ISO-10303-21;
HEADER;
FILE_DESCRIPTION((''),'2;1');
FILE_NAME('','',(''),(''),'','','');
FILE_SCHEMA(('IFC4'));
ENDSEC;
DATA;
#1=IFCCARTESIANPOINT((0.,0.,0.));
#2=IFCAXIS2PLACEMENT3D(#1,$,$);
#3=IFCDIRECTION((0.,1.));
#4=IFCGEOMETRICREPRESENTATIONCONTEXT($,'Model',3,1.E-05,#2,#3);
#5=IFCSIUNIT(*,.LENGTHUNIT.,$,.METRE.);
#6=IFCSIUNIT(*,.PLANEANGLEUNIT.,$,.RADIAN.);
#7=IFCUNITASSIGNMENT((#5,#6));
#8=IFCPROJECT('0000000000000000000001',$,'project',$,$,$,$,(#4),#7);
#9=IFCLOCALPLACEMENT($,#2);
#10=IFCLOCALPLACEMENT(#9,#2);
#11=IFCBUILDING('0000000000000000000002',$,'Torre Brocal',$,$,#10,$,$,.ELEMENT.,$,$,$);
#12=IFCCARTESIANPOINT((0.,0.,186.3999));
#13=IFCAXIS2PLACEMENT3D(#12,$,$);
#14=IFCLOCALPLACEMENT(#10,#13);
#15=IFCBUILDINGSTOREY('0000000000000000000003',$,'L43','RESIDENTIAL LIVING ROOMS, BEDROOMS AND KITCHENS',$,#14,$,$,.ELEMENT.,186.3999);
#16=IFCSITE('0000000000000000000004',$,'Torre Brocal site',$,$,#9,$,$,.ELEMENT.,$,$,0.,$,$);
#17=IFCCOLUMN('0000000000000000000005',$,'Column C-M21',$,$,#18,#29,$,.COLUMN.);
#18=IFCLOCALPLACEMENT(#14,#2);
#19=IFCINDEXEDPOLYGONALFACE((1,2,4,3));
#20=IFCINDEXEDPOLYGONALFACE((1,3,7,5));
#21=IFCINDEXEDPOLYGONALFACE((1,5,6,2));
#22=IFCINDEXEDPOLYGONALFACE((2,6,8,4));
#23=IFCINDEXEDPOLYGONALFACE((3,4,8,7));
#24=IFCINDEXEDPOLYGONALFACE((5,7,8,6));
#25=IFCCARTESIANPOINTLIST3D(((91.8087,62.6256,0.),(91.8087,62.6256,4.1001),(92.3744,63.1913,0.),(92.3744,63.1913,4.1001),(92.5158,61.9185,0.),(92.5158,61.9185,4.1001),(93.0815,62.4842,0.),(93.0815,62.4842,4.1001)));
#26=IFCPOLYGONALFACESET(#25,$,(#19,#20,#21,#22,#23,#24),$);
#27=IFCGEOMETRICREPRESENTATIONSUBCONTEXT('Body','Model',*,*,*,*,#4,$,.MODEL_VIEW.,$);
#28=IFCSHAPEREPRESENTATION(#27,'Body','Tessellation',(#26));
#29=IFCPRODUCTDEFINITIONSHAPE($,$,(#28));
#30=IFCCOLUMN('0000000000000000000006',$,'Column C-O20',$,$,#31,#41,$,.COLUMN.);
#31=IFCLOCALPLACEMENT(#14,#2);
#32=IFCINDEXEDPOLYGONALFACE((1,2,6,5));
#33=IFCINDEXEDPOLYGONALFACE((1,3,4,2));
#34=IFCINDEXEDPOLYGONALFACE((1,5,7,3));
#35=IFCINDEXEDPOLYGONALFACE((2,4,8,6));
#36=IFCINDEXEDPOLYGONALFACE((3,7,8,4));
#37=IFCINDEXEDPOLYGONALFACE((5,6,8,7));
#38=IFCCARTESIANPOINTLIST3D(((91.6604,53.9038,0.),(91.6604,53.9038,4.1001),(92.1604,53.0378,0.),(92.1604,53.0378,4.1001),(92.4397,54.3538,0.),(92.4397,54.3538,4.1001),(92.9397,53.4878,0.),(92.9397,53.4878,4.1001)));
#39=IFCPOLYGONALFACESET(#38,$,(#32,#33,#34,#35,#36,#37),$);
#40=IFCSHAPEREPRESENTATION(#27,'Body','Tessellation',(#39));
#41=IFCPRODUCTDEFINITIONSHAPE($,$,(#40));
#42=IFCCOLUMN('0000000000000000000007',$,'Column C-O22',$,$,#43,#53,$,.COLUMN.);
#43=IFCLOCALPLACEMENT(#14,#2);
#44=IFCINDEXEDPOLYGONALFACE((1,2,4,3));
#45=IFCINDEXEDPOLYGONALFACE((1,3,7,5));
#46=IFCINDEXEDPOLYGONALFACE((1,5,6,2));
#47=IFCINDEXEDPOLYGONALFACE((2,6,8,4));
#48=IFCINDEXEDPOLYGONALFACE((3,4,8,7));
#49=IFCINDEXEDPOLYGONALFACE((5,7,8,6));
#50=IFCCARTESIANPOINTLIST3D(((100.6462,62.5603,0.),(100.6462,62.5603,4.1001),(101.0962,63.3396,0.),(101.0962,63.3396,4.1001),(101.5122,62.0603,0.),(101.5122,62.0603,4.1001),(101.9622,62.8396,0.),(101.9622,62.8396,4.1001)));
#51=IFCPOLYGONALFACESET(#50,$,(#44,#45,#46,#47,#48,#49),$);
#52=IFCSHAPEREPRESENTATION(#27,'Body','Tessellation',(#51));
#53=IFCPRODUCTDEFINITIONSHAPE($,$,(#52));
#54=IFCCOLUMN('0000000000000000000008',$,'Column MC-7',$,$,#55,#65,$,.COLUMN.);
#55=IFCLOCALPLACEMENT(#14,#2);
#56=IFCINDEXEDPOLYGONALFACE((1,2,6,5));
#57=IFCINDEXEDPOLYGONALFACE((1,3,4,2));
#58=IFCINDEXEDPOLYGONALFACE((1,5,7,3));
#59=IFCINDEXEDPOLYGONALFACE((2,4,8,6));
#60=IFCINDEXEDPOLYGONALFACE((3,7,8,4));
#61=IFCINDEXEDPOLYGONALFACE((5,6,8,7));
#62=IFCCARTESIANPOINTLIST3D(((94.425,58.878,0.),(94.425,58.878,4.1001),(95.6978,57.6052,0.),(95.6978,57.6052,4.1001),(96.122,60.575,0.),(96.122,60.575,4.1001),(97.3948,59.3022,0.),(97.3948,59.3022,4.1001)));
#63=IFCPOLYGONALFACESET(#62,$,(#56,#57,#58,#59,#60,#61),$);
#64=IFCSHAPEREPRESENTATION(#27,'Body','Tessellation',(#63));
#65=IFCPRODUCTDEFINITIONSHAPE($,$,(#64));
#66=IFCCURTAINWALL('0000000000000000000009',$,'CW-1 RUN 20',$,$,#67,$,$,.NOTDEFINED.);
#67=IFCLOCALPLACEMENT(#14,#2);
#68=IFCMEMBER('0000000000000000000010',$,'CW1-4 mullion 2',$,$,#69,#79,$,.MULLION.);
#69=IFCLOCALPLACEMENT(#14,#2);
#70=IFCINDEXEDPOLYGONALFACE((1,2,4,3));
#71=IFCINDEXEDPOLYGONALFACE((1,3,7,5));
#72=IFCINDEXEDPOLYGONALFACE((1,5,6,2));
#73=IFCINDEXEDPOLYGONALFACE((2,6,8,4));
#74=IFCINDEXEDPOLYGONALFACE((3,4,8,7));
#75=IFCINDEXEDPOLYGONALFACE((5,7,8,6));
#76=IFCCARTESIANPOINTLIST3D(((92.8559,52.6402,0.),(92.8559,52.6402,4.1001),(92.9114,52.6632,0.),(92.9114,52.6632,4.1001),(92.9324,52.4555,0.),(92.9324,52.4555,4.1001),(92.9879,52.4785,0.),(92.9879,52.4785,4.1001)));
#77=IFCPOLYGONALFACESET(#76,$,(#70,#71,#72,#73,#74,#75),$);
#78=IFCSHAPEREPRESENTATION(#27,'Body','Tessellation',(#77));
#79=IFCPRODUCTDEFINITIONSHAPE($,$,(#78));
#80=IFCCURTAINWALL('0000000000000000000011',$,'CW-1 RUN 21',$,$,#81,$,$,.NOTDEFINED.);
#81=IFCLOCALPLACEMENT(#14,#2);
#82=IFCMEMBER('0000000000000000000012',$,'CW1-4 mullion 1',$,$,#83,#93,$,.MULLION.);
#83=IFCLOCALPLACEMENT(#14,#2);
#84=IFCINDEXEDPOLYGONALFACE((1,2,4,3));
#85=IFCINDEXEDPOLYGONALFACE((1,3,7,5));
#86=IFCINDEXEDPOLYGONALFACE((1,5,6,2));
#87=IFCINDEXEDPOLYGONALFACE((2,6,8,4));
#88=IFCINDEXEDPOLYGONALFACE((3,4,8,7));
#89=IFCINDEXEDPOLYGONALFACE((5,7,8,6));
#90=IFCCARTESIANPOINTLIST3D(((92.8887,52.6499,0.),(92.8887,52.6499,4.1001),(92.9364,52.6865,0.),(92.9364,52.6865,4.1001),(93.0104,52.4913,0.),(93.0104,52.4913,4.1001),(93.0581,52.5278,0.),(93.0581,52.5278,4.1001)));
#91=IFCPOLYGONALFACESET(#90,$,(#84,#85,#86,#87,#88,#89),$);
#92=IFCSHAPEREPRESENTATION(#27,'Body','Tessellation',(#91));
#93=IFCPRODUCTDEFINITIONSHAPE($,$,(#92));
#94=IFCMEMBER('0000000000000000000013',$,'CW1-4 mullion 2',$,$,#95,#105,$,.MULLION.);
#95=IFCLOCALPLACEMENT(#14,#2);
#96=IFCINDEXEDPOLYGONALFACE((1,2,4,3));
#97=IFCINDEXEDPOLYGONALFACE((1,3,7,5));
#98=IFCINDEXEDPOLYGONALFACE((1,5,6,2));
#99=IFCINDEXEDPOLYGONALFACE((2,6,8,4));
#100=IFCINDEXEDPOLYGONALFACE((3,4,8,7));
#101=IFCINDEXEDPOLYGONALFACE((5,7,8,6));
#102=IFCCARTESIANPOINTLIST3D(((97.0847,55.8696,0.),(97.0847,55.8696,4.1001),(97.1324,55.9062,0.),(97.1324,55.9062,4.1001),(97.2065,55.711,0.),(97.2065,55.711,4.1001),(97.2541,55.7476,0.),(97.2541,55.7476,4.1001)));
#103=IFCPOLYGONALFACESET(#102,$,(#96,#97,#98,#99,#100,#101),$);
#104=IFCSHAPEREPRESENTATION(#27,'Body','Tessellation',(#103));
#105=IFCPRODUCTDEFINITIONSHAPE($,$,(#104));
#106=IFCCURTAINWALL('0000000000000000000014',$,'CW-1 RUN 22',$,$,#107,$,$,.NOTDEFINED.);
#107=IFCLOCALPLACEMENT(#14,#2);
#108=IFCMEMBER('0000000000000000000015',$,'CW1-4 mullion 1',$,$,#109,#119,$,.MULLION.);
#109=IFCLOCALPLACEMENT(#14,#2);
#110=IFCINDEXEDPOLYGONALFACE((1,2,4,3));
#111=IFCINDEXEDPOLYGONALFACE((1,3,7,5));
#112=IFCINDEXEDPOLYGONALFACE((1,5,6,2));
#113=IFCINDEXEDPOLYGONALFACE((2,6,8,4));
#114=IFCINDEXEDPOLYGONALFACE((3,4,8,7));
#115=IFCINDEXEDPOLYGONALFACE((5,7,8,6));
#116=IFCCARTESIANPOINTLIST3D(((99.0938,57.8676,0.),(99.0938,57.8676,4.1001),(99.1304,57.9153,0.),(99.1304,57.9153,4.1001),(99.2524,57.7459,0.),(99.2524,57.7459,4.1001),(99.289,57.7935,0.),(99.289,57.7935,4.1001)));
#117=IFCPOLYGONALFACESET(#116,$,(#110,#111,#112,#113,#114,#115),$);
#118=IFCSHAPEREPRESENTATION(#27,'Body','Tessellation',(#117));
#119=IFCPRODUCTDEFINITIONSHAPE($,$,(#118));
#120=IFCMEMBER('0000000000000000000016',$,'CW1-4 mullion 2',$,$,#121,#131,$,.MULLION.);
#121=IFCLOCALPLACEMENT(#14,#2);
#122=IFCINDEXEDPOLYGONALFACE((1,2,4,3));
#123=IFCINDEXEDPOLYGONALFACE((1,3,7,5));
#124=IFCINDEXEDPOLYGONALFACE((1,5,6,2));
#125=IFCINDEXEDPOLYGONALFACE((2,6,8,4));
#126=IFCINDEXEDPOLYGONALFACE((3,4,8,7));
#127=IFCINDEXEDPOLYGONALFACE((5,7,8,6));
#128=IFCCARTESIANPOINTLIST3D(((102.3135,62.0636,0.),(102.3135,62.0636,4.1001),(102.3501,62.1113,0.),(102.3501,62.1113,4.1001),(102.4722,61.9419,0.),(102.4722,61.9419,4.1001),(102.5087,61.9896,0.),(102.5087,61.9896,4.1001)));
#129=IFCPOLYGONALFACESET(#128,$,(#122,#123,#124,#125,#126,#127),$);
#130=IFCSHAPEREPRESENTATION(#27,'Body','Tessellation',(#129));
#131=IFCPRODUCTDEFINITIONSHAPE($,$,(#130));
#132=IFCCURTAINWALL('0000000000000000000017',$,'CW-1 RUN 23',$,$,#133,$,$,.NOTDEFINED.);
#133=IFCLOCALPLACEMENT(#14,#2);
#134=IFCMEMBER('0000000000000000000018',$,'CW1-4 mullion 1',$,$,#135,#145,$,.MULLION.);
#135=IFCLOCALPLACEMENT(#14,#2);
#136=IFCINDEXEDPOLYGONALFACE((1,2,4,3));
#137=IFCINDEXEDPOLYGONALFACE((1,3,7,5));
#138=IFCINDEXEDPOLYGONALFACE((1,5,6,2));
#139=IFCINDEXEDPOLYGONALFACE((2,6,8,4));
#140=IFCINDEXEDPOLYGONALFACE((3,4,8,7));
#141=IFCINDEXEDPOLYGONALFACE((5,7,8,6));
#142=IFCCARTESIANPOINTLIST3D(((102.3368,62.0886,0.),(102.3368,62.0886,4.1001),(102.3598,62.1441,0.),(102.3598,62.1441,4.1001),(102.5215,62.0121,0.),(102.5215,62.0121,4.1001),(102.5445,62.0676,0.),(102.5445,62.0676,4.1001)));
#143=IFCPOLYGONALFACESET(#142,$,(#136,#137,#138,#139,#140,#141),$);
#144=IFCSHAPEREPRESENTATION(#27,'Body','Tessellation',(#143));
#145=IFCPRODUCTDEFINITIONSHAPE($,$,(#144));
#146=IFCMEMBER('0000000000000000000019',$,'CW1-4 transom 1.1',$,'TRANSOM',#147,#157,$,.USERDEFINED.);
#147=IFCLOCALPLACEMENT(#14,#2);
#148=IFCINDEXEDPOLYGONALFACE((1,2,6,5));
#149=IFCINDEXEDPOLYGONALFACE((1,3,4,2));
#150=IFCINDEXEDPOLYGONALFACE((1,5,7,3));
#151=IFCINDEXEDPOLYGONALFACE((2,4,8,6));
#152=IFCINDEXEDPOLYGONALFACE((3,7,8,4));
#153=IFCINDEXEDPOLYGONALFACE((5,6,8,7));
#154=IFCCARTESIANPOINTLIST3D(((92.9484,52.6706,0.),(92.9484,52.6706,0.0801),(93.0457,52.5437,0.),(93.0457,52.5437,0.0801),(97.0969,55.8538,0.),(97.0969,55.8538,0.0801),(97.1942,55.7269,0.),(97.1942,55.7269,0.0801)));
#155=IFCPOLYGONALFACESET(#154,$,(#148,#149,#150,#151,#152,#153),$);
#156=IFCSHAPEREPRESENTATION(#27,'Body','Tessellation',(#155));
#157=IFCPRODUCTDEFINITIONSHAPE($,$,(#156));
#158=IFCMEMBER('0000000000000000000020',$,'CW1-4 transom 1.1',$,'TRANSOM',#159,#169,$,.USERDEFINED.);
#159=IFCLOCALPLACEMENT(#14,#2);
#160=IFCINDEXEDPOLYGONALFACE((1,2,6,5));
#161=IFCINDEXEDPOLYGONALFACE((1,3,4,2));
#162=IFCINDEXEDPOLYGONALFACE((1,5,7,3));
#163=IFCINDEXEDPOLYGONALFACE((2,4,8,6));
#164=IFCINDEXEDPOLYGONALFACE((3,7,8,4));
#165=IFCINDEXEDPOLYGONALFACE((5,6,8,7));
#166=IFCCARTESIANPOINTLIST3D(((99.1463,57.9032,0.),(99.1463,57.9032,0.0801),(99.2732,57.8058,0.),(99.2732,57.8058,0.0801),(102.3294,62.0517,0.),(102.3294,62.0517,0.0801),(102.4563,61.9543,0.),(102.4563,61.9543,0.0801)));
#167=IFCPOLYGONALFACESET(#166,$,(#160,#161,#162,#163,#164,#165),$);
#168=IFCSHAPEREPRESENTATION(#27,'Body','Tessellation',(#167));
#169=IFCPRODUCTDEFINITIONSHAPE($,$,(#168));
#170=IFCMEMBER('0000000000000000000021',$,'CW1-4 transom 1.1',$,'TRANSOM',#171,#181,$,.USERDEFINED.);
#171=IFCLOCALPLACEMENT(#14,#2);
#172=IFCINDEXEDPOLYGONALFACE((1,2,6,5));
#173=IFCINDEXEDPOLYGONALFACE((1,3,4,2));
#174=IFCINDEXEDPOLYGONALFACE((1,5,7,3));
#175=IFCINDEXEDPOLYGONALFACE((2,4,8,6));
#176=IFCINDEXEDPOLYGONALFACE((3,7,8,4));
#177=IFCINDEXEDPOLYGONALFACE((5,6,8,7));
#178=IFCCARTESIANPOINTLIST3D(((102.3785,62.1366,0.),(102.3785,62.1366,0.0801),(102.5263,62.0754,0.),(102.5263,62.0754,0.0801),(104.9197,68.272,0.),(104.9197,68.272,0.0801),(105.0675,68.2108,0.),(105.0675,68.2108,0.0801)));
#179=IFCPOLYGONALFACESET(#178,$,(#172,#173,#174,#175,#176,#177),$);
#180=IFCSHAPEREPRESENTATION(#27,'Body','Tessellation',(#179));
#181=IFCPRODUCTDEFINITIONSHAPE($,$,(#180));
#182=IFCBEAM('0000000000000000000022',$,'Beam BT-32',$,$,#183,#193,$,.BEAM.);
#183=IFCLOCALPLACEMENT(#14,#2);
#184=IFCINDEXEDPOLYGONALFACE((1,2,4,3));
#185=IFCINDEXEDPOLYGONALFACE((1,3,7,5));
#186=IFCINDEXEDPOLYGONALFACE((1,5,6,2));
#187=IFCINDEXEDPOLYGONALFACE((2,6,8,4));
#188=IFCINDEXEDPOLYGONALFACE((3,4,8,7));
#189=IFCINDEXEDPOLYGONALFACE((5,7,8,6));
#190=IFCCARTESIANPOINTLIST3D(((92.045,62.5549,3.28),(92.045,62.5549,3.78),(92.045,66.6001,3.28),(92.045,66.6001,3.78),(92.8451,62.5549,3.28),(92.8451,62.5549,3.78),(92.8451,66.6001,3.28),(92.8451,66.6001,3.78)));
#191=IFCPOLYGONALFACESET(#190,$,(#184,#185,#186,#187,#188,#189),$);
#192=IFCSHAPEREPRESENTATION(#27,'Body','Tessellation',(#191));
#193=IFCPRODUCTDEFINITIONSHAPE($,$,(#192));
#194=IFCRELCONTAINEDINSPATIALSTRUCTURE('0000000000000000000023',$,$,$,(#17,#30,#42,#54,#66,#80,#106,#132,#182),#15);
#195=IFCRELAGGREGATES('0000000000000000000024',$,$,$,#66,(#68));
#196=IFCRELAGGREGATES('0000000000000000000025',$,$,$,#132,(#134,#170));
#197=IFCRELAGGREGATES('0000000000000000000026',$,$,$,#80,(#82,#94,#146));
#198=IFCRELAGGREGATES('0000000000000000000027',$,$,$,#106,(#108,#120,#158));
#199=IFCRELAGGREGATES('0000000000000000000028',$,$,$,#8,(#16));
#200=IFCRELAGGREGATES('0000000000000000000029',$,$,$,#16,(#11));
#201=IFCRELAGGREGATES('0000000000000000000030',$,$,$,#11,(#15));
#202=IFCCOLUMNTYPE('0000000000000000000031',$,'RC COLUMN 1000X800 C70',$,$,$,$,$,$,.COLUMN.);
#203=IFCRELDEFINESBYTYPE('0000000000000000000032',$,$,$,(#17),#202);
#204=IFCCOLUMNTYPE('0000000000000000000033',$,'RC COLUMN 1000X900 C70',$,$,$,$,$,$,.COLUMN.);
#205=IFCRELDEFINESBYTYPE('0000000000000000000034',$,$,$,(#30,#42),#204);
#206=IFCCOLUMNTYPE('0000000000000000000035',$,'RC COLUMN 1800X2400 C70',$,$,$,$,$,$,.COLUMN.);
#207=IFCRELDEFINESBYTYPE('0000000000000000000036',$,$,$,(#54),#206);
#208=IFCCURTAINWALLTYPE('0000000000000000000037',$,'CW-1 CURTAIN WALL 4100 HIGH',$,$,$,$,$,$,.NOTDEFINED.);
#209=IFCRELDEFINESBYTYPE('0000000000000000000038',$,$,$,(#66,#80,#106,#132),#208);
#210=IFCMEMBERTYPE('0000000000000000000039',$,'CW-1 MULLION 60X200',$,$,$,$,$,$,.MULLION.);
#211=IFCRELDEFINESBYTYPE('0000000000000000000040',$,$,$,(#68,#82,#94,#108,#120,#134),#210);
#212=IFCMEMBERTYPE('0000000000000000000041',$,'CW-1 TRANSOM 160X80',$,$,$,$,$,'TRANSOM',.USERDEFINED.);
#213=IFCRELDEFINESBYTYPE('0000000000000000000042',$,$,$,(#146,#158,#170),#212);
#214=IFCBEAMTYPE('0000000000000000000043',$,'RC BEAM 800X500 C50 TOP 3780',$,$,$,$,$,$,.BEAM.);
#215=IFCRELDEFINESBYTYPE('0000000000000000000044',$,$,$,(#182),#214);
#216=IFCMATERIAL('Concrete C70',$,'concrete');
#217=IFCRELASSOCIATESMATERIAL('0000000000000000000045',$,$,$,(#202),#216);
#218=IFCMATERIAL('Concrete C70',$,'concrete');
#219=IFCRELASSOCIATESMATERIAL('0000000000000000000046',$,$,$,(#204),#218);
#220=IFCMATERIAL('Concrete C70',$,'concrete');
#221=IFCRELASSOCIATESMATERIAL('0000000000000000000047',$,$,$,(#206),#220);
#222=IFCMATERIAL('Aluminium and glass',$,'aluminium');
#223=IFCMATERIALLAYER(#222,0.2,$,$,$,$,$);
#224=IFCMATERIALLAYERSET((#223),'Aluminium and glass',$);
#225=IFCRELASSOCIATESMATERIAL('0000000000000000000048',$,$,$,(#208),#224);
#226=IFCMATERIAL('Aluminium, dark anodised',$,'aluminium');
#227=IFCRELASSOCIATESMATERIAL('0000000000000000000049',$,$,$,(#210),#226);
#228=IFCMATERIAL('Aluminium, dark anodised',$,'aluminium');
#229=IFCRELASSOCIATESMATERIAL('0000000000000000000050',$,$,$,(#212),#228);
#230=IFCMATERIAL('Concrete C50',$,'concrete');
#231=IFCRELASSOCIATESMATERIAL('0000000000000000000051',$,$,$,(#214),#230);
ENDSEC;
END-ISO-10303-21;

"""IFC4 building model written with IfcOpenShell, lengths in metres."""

from ifc_helpers import new_model, si_unit, direction, frame, origin, origin_2d, place, context, subcontext, project, spatial, rectangle, extrude, material, layer, layer_set, material_profile, profile_set, type_object, element, aggregate, save


model = new_model("IFC4")

# Units and contexts
model_context = context("Model", 3, precision=1e-05, world=origin(), true_north=direction((0.0, 1.0)))
body_context = subcontext(model_context, "Body", "Model", "MODEL_VIEW")
ifc_project = project(units=[si_unit("LENGTHUNIT", "METRE"), si_unit("PLANEANGLEUNIT", "RADIAN")], contexts=[model_context])

# Site, building, storey
site_placement = place(None, origin())
site = spatial("IfcSite", under=ifc_project, at=site_placement, Name="Torre Brocal site", CompositionType="ELEMENT", RefElevation=0.0)
building_placement = place(site_placement, origin())
building = spatial("IfcBuilding", under=site, at=building_placement, Name="Torre Brocal", CompositionType="ELEMENT")
storey_placement = place(building_placement, frame((0.0, 0.0, 186.3999)))
storey = spatial("IfcBuildingStorey", under=building, at=storey_placement, Name="L43", Description="RESIDENTIAL LIVING ROOMS, BEDROOMS AND KITCHENS", CompositionType="ELEMENT", Elevation=186.3999)

# Columns
ifc_material_1 = material(Name="Concrete C70", Category="concrete")
ifc_material_profile_1 = material_profile(ifc_material_1, rectangle(XDim=1.0, YDim=0.8, at=origin_2d()), Name="RC 1000X800")
ifc_profile_set_1 = profile_set([ifc_material_profile_1], Name="Concrete C70")
column_type_1 = type_object("IfcColumnType", Name="RC COLUMN 1000X800 C70", PredefinedType="COLUMN", material=ifc_profile_set_1)
column_1_placement = place(storey_placement, frame((92.4451, 62.5549, 0.0), z_axis=(0.0, 0.0, 1.0), x_axis=(0.707107, -0.707107, 0.0)))
element("IfcColumn", 1, at=column_1_placement, inside=storey, type_object=column_type_1, Name="Column C-M21", PredefinedType="COLUMN", context=body_context, shape_type="SweptSolid", body=[
    extrude(rectangle(XDim=1.0, YDim=0.8, at=origin_2d()), origin(), (0.0, 0.0, 1.0), 4.1001),
])
ifc_material_2 = material(Name="Concrete C70", Category="concrete")
ifc_material_profile_2 = material_profile(ifc_material_2, rectangle(XDim=1.0, YDim=0.8999, at=origin_2d()), Name="RC 1000X900")
ifc_profile_set_2 = profile_set([ifc_material_profile_2], Name="Concrete C70")
column_type_2 = type_object("IfcColumnType", Name="RC COLUMN 1000X900 C70", PredefinedType="COLUMN", material=ifc_profile_set_2)
for number, where, z_axis, x_axis, name in (
    (2, (92.3, 53.6958, 0.0), (0.0, 0.0, 1.0), (0.5, -0.866025, 0.0), "Column C-O20"),
    (3, (101.3042, 62.7, 0.0), (0.0, 0.0, 1.0), (0.866025, -0.5, 0.0), "Column C-O22"),
):
    element("IfcColumn", number, at=place(storey_placement, frame(where, z_axis=z_axis, x_axis=x_axis)), inside=storey, type_object=column_type_2, Name=name, PredefinedType="COLUMN", context=body_context, shape_type="SweptSolid", body=[
        extrude(rectangle(XDim=1.0, YDim=0.8999, at=origin_2d()), origin(), (0.0, 0.0, 1.0), 4.1001),
    ])
ifc_material_3 = material(Name="Concrete C70", Category="concrete")
ifc_material_profile_3 = material_profile(ifc_material_3, rectangle(XDim=1.8, YDim=2.3999, at=origin_2d()), Name="RC 1800X2400")
ifc_profile_set_3 = profile_set([ifc_material_profile_3], Name="Concrete C70")
column_type_3 = type_object("IfcColumnType", Name="RC COLUMN 1800X2400 C70", PredefinedType="COLUMN", material=ifc_profile_set_3)
column_2_placement = place(storey_placement, frame((95.9099, 59.0901, 0.0), z_axis=(0.0, 0.0, 1.0), x_axis=(0.707107, -0.707107, 0.0)))
element("IfcColumn", 4, at=column_2_placement, inside=storey, type_object=column_type_3, Name="Column MC-7", PredefinedType="COLUMN", context=body_context, shape_type="SweptSolid", body=[
    extrude(rectangle(XDim=1.8, YDim=2.3999, at=origin_2d()), origin(), (0.0, 0.0, 1.0), 4.1001),
])

# Curtain wall, member
ifc_material_4 = material(Name="Aluminium and glass", Category="aluminium")
ifc_layer_1 = layer(ifc_material_4, 0.2)
ifc_layer_set_1 = layer_set([ifc_layer_1], Name="Aluminium and glass")
curtain_wall_type = type_object("IfcCurtainWallType", Name="CW-1 CURTAIN WALL 4100 HIGH", PredefinedType="NOTDEFINED", material=ifc_layer_set_1)
curtain_wall_1_placement = place(storey_placement, origin())
curtain_wall_1 = element("IfcCurtainWall", 5, at=curtain_wall_1_placement, inside=storey, type_object=curtain_wall_type, Name="CW-1 RUN 20", PredefinedType="NOTDEFINED")
ifc_material_5 = material(Name="Aluminium, dark anodised", Category="aluminium")
ifc_material_profile_4 = material_profile(ifc_material_5, rectangle(XDim=0.2, YDim=0.0601, at=origin_2d()), Name="CW-1 MULLION 60X200")
ifc_profile_set_4 = profile_set([ifc_material_profile_4], Name="Aluminium, dark anodised")
member_type_1 = type_object("IfcMemberType", Name="CW-1 MULLION 60X200", PredefinedType="MULLION", material=ifc_profile_set_4)
member_1_placement = place(storey_placement, frame((92.9219, 52.5593, 0.0), z_axis=(0.0, 0.0, 1.0), x_axis=(-0.382683, 0.92388, 0.0)))
member_1 = element("IfcMember", 6, at=member_1_placement, type_object=member_type_1, Name="CW1-4 mullion 2", PredefinedType="MULLION", context=body_context, shape_type="SweptSolid", body=[
    extrude(rectangle(XDim=0.2, YDim=0.0601, at=origin_2d()), origin(), (0.0, 0.0, 1.0), 4.1001),
])
aggregate(curtain_wall_1, [member_1])

# Curtain walls, members
curtain_wall_2_placement = place(storey_placement, origin())
curtain_wall_2 = element("IfcCurtainWall", 7, at=curtain_wall_2_placement, inside=storey, type_object=curtain_wall_type, Name="CW-1 RUN 21", PredefinedType="NOTDEFINED")
member_2_placement = place(storey_placement, frame((92.9734, 52.5889, 0.0), z_axis=(0.0, 0.0, 1.0), x_axis=(-0.608761, 0.793353, 0.0)))
member_2 = element("IfcMember", 8, at=member_2_placement, type_object=member_type_1, Name="CW1-4 mullion 1", PredefinedType="MULLION", context=body_context, shape_type="SweptSolid", body=[
    extrude(rectangle(XDim=0.2, YDim=0.0601, at=origin_2d()), origin(), (0.0, 0.0, 1.0), 4.1001),
])
member_3_placement = place(storey_placement, frame((97.1694, 55.8086, 0.0), z_axis=(0.0, 0.0, 1.0), x_axis=(-0.608761, 0.793353, 0.0)))
member_3 = element("IfcMember", 9, at=member_3_placement, type_object=member_type_1, Name="CW1-4 mullion 2", PredefinedType="MULLION", context=body_context, shape_type="SweptSolid", body=[
    extrude(rectangle(XDim=0.2, YDim=0.0601, at=origin_2d()), origin(), (0.0, 0.0, 1.0), 4.1001),
])
curtain_wall_3_placement = place(storey_placement, origin())
curtain_wall_3 = element("IfcCurtainWall", 10, at=curtain_wall_3_placement, inside=storey, type_object=curtain_wall_type, Name="CW-1 RUN 22", PredefinedType="NOTDEFINED")
member_4_placement = place(storey_placement, frame((99.1914, 57.8306, 0.0), z_axis=(0.0, 0.0, 1.0), x_axis=(-0.793353, 0.608761, 0.0)))
member_4 = element("IfcMember", 11, at=member_4_placement, type_object=member_type_1, Name="CW1-4 mullion 1", PredefinedType="MULLION", context=body_context, shape_type="SweptSolid", body=[
    extrude(rectangle(XDim=0.2, YDim=0.0601, at=origin_2d()), origin(), (0.0, 0.0, 1.0), 4.1001),
])
member_5_placement = place(storey_placement, frame((102.4111, 62.0266, 0.0), z_axis=(0.0, 0.0, 1.0), x_axis=(-0.793353, 0.608761, 0.0)))
member_5 = element("IfcMember", 12, at=member_5_placement, type_object=member_type_1, Name="CW1-4 mullion 2", PredefinedType="MULLION", context=body_context, shape_type="SweptSolid", body=[
    extrude(rectangle(XDim=0.2, YDim=0.0601, at=origin_2d()), origin(), (0.0, 0.0, 1.0), 4.1001),
])

# Curtain wall, member
curtain_wall_4_placement = place(storey_placement, origin())
curtain_wall_4 = element("IfcCurtainWall", 13, at=curtain_wall_4_placement, inside=storey, type_object=curtain_wall_type, Name="CW-1 RUN 23", PredefinedType="NOTDEFINED")
member_6_placement = place(storey_placement, frame((102.4407, 62.0781, 0.0), z_axis=(0.0, 0.0, 1.0), x_axis=(-0.92388, 0.382683, 0.0)))
member_6 = element("IfcMember", 14, at=member_6_placement, type_object=member_type_1, Name="CW1-4 mullion 1", PredefinedType="MULLION", context=body_context, shape_type="SweptSolid", body=[
    extrude(rectangle(XDim=0.2, YDim=0.0601, at=origin_2d()), origin(), (0.0, 0.0, 1.0), 4.1001),
])

# Members
ifc_material_6 = material(Name="Aluminium, dark anodised", Category="aluminium")
ifc_material_profile_5 = material_profile(ifc_material_6, rectangle(XDim=0.1599, YDim=0.0801, at=origin_2d()), Name="CW-1 TRANSOM 160X80")
ifc_profile_set_5 = profile_set([ifc_material_profile_5], Name="Aluminium, dark anodised")
member_type_2 = type_object("IfcMemberType", Name="CW-1 TRANSOM 160X80", ElementType="TRANSOM", PredefinedType="USERDEFINED", material=ifc_profile_set_5)
member_7_placement = place(storey_placement, frame((92.9971, 52.6072, 0.04), z_axis=(0.793363, 0.608749, 0.0), x_axis=(-0.608749, 0.793363, 0.0)))
member_7 = element("IfcMember", 15, at=member_7_placement, type_object=member_type_2, Name="CW1-4 transom 1.1", ObjectType="TRANSOM", PredefinedType="USERDEFINED", context=body_context, shape_type="SweptSolid", body=[
    extrude(rectangle(XDim=0.1599, YDim=0.0801, at=origin_2d()), origin(), (0.0, 0.0, 1.0), 5.229),
])
member_8_placement = place(storey_placement, frame((99.2097, 57.8545, 0.04), z_axis=(0.608749, 0.793363, 0.0), x_axis=(-0.793363, 0.608749, 0.0)))
member_8 = element("IfcMember", 16, at=member_8_placement, type_object=member_type_2, Name="CW1-4 transom 1.1", ObjectType="TRANSOM", PredefinedType="USERDEFINED", context=body_context, shape_type="SweptSolid", body=[
    extrude(rectangle(XDim=0.1599, YDim=0.0801, at=origin_2d()), origin(), (0.0, 0.0, 1.0), 5.229),
])
member_9_placement = place(storey_placement, frame((102.4524, 62.106, 0.04), z_axis=(0.382665, 0.923887, 0.0), x_axis=(-0.923887, 0.382665, 0.0)))
member_9 = element("IfcMember", 17, at=member_9_placement, type_object=member_type_2, Name="CW1-4 transom 1.1", ObjectType="TRANSOM", PredefinedType="USERDEFINED", context=body_context, shape_type="SweptSolid", body=[
    extrude(rectangle(XDim=0.1599, YDim=0.0801, at=origin_2d()), origin(), (0.0, 0.0, 1.0), 6.6409),
])
aggregate(curtain_wall_4, [member_6, member_9])

# Beam
ifc_material_7 = material(Name="Concrete C50", Category="concrete")
ifc_material_profile_6 = material_profile(ifc_material_7, rectangle(XDim=0.8, YDim=0.5, at=origin_2d()), Name="RC 800X500")
ifc_profile_set_6 = profile_set([ifc_material_profile_6], Name="Concrete C50")
beam_type_1 = type_object("IfcBeamType", Name="RC BEAM 800X500 C50 TOP 3780", PredefinedType="BEAM", material=ifc_profile_set_6)
beam_placement = place(storey_placement, frame((92.4451, 62.5549, 3.53), z_axis=(0.0, 1.0, 0.0), x_axis=(-1.0, 0.0, 0.0)))
element("IfcBeam", 18, at=beam_placement, inside=storey, type_object=beam_type_1, Name="Beam BT-32", PredefinedType="BEAM", context=body_context, shape_type="SweptSolid", body=[
    extrude(rectangle(XDim=0.8, YDim=0.5, at=origin_2d()), origin(), (0.0, 0.0, 1.0), 4.0452),
])

aggregate(curtain_wall_2, [member_2, member_3, member_7])
aggregate(curtain_wall_3, [member_4, member_5, member_8])

save(model, "model.ifc")
